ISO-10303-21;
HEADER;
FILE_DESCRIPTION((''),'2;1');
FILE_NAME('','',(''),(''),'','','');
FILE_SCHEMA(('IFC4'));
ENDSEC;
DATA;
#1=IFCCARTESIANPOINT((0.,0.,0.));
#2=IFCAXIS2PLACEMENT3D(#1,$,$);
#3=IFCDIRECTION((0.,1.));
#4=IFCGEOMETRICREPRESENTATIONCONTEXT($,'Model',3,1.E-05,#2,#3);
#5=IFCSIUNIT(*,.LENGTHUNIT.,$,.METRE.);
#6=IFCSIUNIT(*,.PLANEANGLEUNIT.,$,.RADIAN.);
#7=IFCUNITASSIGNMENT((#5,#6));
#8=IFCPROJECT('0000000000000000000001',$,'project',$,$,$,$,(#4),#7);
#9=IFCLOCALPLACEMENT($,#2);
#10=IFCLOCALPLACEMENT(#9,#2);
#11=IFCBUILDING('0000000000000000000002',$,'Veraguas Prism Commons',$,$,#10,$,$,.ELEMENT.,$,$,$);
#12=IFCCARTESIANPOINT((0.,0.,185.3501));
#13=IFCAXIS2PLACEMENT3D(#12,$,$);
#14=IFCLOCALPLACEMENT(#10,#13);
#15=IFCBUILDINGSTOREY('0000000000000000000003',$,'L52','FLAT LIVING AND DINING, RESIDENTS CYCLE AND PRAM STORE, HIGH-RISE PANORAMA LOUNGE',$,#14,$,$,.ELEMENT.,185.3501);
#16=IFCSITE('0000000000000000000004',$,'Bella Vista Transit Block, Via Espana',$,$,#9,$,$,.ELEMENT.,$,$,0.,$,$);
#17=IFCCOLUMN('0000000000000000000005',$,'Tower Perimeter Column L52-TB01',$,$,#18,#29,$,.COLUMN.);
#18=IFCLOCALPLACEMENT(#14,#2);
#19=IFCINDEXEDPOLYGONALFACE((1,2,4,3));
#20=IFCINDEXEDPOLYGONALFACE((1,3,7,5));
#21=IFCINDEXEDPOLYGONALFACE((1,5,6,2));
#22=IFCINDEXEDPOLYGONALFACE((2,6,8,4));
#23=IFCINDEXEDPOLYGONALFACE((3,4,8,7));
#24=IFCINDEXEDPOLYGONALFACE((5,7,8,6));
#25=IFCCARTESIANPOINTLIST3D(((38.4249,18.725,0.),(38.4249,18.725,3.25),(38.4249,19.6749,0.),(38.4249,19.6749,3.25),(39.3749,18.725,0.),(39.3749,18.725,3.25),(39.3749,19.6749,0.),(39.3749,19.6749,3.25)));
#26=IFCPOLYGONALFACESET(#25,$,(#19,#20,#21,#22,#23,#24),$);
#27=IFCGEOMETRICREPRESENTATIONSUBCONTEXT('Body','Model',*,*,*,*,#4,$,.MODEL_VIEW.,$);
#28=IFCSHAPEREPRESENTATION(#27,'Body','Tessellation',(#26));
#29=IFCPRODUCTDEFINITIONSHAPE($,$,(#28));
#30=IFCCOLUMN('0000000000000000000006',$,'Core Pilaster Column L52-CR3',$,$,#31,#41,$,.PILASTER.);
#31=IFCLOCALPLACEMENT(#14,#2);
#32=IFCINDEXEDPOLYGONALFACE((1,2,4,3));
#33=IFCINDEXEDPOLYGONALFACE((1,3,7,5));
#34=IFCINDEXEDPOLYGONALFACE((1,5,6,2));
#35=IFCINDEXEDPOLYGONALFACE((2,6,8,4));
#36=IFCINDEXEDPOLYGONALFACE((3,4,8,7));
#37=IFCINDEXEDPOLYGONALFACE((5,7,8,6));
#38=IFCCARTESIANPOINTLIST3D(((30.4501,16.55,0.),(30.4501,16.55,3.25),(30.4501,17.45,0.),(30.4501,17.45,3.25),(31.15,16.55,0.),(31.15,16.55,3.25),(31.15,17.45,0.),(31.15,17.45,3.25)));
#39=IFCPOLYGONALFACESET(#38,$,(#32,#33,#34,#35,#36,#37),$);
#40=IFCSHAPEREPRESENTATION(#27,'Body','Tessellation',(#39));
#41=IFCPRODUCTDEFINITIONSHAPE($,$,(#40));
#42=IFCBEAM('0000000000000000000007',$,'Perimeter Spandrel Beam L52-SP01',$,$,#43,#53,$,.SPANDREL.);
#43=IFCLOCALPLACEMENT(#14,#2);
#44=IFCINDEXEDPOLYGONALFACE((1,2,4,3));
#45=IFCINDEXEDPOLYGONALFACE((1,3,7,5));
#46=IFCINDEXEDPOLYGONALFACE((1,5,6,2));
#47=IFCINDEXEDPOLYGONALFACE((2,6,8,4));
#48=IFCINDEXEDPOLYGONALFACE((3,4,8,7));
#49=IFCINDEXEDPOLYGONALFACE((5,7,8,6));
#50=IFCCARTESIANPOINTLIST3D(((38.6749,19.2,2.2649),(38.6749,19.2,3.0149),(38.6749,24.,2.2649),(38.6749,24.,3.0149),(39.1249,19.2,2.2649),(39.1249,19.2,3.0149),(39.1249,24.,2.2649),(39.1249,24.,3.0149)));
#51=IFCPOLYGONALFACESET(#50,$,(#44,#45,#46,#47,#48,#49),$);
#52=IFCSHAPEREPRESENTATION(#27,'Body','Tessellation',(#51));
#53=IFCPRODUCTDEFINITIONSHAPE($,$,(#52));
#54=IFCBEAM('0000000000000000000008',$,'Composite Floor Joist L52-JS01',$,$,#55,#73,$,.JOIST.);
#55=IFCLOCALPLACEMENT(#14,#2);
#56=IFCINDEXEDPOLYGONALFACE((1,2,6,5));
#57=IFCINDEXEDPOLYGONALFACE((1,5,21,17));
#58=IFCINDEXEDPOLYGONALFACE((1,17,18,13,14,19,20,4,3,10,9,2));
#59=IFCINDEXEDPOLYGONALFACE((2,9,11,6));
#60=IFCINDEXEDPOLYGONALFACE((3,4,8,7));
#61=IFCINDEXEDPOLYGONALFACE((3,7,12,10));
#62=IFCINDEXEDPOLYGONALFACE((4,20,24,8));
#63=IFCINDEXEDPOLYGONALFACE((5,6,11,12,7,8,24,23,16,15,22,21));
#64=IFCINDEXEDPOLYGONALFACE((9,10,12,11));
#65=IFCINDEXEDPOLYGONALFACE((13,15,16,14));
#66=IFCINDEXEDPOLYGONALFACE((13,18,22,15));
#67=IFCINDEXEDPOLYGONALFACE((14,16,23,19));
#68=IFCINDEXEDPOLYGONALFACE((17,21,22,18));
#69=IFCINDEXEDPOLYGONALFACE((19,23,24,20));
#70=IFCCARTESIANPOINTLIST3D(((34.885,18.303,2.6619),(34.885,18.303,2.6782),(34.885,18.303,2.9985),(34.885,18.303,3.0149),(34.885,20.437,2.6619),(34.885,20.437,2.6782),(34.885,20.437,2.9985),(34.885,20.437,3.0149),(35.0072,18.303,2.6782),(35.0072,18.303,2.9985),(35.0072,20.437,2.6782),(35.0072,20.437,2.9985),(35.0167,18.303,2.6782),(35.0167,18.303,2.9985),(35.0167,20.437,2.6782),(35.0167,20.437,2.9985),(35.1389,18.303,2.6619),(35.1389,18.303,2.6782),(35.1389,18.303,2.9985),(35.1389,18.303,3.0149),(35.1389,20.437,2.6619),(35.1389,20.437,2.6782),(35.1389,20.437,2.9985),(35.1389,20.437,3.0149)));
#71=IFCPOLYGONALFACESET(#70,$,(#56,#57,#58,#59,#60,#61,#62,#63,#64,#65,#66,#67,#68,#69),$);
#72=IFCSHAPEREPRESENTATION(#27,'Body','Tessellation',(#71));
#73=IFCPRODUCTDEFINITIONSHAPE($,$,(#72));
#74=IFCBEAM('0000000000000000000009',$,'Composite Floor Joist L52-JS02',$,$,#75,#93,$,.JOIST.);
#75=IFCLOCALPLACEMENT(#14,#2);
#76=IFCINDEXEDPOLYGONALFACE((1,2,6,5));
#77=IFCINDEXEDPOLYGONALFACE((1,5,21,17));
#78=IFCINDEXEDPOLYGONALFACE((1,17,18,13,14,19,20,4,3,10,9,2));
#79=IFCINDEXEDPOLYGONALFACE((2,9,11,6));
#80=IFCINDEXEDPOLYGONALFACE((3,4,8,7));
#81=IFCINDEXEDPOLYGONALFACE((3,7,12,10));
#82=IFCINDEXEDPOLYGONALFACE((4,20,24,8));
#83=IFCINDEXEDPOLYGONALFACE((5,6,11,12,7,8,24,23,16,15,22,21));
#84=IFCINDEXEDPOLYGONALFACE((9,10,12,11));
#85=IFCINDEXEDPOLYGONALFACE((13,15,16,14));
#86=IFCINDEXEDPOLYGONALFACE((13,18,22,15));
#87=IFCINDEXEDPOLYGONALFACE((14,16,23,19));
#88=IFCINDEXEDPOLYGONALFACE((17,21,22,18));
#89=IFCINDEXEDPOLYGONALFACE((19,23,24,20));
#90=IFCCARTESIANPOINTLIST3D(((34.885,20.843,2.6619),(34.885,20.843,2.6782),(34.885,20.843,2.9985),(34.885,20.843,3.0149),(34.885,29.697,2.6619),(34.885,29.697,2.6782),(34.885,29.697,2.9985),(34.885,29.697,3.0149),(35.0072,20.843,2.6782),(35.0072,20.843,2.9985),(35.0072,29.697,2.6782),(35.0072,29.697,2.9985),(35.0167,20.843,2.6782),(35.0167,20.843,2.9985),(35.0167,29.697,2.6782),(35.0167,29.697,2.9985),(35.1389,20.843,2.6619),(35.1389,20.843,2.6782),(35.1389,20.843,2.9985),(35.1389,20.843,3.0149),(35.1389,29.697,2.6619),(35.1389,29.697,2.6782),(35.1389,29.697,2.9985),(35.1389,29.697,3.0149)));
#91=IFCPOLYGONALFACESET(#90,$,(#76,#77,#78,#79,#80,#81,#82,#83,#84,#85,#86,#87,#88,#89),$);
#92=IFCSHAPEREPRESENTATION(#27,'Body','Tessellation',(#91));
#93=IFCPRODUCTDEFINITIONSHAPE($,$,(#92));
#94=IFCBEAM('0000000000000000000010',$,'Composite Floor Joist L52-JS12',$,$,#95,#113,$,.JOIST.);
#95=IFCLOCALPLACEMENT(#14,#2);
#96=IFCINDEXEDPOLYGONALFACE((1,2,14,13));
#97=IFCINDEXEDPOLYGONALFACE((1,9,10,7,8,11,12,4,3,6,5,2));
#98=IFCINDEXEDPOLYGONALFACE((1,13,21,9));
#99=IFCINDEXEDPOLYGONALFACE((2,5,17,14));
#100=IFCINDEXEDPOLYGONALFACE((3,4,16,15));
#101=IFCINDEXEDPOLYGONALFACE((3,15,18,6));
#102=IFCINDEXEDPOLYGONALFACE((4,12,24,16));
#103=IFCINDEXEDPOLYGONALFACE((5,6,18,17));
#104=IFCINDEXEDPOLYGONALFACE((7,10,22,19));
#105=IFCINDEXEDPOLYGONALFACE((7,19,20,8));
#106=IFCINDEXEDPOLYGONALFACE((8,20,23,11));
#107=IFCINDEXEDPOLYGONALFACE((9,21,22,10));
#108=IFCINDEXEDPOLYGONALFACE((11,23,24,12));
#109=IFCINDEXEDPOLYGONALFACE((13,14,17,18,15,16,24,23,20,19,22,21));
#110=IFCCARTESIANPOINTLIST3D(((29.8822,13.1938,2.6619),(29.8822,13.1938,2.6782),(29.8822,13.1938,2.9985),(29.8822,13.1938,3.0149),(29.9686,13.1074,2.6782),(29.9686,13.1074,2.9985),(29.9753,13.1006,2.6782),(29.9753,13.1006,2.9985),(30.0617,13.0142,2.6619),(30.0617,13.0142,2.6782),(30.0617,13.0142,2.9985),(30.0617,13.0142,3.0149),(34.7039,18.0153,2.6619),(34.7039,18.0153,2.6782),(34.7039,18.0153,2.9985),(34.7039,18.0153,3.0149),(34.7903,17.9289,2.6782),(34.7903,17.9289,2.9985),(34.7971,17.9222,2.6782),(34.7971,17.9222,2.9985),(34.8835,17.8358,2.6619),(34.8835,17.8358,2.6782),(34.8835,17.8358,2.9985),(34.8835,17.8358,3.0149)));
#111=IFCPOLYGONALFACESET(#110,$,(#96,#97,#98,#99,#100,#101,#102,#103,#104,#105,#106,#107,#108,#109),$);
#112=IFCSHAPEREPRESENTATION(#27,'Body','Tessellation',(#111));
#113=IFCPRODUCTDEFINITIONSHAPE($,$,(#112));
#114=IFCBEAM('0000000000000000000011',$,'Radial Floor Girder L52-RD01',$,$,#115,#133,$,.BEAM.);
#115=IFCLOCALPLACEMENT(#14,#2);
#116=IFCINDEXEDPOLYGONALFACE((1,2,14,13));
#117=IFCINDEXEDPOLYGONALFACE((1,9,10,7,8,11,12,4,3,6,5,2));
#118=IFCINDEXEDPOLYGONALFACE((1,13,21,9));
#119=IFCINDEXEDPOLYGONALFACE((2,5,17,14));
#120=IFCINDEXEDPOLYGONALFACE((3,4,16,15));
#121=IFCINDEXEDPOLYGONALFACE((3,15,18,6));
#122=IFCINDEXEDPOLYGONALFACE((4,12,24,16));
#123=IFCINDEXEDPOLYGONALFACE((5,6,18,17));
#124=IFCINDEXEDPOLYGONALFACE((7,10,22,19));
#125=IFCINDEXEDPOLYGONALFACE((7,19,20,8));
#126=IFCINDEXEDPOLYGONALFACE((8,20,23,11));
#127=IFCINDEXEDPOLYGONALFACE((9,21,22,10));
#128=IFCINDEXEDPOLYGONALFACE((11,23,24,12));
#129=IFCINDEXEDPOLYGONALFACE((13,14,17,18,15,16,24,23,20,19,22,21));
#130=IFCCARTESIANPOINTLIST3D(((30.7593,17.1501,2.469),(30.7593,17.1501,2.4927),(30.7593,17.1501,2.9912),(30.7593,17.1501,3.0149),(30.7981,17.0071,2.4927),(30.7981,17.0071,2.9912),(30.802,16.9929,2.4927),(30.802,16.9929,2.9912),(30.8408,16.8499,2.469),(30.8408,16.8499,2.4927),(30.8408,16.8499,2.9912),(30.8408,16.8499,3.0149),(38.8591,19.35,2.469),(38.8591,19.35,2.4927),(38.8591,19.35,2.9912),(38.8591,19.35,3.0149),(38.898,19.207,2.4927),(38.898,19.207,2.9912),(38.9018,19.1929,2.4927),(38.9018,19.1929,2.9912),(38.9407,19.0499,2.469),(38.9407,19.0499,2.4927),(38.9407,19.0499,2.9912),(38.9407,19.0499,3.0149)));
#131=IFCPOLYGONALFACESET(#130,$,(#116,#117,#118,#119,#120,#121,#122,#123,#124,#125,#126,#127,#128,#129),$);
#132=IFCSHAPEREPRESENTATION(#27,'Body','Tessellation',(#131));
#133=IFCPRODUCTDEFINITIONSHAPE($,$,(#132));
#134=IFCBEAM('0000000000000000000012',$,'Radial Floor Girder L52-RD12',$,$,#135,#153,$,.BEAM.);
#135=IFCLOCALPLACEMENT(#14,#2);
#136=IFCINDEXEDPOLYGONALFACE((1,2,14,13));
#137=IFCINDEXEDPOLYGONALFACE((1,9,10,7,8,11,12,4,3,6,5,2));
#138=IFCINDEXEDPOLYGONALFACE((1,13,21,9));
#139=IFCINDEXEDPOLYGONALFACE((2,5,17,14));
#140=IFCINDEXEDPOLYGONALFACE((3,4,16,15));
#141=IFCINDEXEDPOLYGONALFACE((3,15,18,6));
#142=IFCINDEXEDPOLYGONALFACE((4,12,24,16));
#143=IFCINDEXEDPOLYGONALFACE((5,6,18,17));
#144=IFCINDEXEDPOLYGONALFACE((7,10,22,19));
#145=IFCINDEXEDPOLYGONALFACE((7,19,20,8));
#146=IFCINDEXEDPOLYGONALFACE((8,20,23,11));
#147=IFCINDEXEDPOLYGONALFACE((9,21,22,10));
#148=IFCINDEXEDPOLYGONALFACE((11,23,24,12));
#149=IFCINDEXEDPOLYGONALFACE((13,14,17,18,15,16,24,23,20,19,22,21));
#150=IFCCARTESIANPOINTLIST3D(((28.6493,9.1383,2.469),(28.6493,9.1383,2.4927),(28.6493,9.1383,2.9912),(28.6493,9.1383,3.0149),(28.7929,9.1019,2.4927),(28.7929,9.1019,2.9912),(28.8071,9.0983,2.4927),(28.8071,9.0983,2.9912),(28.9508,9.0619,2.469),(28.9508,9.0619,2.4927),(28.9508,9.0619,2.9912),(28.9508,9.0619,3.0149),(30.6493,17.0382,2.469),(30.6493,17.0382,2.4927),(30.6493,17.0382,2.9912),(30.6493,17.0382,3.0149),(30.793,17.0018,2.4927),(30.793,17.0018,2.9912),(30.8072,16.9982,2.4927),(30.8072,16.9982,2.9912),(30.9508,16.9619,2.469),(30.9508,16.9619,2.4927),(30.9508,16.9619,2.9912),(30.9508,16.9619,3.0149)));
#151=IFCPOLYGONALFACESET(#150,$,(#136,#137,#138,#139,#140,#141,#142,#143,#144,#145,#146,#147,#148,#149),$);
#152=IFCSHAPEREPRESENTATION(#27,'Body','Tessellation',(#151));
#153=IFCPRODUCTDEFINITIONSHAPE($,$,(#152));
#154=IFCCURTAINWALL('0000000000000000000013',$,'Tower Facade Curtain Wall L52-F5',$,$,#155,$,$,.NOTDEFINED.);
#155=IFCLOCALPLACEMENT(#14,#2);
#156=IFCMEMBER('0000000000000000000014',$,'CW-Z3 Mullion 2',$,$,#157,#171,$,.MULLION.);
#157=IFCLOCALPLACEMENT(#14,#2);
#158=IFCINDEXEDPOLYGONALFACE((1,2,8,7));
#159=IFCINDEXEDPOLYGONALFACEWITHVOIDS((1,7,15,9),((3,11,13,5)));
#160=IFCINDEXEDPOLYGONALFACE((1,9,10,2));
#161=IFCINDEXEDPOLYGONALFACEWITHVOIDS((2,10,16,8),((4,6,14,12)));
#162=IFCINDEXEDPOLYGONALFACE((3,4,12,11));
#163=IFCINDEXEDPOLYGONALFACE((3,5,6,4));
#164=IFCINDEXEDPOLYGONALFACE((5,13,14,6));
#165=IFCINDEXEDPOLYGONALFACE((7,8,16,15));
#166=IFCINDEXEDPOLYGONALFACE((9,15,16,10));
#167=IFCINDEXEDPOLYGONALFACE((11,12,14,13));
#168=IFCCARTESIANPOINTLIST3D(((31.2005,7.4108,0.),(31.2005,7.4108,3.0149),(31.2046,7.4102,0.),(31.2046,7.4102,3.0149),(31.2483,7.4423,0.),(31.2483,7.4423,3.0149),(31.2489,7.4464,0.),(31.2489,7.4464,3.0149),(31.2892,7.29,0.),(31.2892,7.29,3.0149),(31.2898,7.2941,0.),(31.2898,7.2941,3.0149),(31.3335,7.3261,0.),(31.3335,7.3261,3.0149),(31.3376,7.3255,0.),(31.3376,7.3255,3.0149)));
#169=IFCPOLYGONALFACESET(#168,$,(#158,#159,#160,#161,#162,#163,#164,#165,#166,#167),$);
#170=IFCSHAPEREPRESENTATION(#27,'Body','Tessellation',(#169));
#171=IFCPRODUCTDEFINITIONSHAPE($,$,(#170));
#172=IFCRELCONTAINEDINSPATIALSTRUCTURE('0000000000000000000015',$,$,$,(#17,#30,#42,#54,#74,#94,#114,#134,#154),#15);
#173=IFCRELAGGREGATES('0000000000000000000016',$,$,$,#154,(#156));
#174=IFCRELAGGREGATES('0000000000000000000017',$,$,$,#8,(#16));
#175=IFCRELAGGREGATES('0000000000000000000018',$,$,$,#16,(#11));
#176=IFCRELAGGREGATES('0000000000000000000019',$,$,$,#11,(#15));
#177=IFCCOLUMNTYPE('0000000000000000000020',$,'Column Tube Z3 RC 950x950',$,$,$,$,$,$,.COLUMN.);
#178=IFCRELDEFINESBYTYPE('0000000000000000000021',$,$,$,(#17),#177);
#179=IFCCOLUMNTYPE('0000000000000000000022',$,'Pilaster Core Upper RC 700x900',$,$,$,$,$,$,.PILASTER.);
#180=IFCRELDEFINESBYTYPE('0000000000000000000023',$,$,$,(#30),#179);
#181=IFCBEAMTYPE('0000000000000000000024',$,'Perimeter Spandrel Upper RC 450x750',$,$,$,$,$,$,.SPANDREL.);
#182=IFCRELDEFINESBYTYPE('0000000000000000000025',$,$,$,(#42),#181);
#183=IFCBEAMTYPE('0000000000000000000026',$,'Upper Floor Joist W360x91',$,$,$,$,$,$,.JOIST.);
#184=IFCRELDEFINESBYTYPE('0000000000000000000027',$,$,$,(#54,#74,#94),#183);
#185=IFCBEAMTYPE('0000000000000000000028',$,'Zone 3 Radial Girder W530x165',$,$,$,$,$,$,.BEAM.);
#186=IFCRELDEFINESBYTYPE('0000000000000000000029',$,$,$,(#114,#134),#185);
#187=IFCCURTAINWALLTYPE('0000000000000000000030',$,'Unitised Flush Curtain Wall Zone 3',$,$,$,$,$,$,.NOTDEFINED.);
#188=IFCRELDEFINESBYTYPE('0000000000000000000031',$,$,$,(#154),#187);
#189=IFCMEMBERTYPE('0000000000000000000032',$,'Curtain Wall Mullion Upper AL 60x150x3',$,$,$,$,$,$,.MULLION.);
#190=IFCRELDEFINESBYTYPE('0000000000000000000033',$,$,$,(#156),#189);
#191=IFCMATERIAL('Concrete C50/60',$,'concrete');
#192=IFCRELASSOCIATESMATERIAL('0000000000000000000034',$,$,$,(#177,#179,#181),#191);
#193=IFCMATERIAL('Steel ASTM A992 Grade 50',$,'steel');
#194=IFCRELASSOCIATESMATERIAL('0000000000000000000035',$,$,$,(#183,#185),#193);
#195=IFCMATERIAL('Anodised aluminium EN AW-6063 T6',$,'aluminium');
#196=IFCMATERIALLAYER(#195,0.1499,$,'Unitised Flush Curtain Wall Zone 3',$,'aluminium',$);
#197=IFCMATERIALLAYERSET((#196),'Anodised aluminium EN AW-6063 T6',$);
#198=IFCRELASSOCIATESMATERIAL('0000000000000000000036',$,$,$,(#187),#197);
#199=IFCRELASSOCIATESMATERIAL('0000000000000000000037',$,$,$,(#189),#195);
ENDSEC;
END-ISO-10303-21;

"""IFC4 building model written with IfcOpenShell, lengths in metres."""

from ifc_helpers import new_model, si_unit, direction, frame, origin, origin_2d, place, context, subcontext, project, spatial, rectangle, hollow_rectangle, i_section, extrude, source, transform, mapped, material, layer, layer_set, material_profile, profile_set, type_object, element, aggregate, save


model = new_model("IFC4")

# Units and contexts
model_context = context("Model", 3, precision=1e-05, world=origin(), true_north=direction((0.0, 1.0)))
body_context = subcontext(model_context, "Body", "Model", "MODEL_VIEW")
ifc_project = project(units=[si_unit("LENGTHUNIT", "METRE"), si_unit("PLANEANGLEUNIT", "RADIAN")], contexts=[model_context])

# Site, building, storey
site_placement = place(None, origin())
site = spatial("IfcSite", under=ifc_project, at=site_placement, Name="Bella Vista Transit Block, Via Espana", CompositionType="ELEMENT", RefElevation=0.0)
building_placement = place(site_placement, origin())
building = spatial("IfcBuilding", under=site, at=building_placement, Name="Veraguas Prism Commons", CompositionType="ELEMENT")
storey_placement = place(building_placement, frame((0.0, 0.0, 185.3501)))
storey = spatial("IfcBuildingStorey", under=building, at=storey_placement, Name="L52", Description="FLAT LIVING AND DINING, RESIDENTS CYCLE AND PRAM STORE, HIGH-RISE PANORAMA LOUNGE", CompositionType="ELEMENT", Elevation=185.3501)

# Columns
ifc_material_1 = material(Name="Concrete C50/60", Category="concrete")
ifc_material_profile_1 = material_profile(ifc_material_1, rectangle(XDim=0.95, YDim=0.95, at=origin_2d()), Name="RC950X950")
ifc_profile_set_1 = profile_set([ifc_material_profile_1], Name="Concrete C50/60")
column_type_1 = type_object("IfcColumnType", Name="Column Tube Z3 RC 950x950", PredefinedType="COLUMN", material=ifc_profile_set_1)
column_1_placement = place(storey_placement, frame((38.8999, 19.2, 0.0), z_axis=(0.0, 0.0, 1.0), x_axis=(1.0, 0.0, 0.0)))
element("IfcColumn", 1, at=column_1_placement, inside=storey, type_object=column_type_1, Name="Tower Perimeter Column L52-TB01", PredefinedType="COLUMN", context=body_context, shape_type="SweptSolid", body=[
    extrude(rectangle(XDim=0.95, YDim=0.95, at=origin_2d()), origin(), (0.0, 0.0, 1.0), 3.25),
])
ifc_material_profile_2 = material_profile(ifc_material_1, rectangle(XDim=0.7, YDim=0.8999, at=origin_2d()), Name="RC700X900")
ifc_profile_set_2 = profile_set([ifc_material_profile_2], Name="Concrete C50/60")
column_type_2 = type_object("IfcColumnType", Name="Pilaster Core Upper RC 700x900", PredefinedType="PILASTER", material=ifc_profile_set_2)
column_2_placement = place(storey_placement, frame((30.8, 17.0, 0.0), z_axis=(0.0, 0.0, 1.0), x_axis=(1.0, 0.0, 0.0)))
element("IfcColumn", 2, at=column_2_placement, inside=storey, type_object=column_type_2, Name="Core Pilaster Column L52-CR3", PredefinedType="PILASTER", context=body_context, shape_type="SweptSolid", body=[
    extrude(rectangle(XDim=0.7, YDim=0.8999, at=origin_2d()), origin(), (0.0, 0.0, 1.0), 3.25),
])

# Beams
ifc_material_profile_3 = material_profile(ifc_material_1, rectangle(XDim=0.45, YDim=0.75, at=origin_2d()), Name="RC450X750")
ifc_profile_set_3 = profile_set([ifc_material_profile_3], Name="Concrete C50/60")
beam_type_1 = type_object("IfcBeamType", Name="Perimeter Spandrel Upper RC 450x750", PredefinedType="SPANDREL", material=ifc_profile_set_3)
beam_1_placement = place(storey_placement, frame((38.8999, 19.2, 2.6399), z_axis=(0.0, 1.0, 0.0), x_axis=(-1.0, 0.0, 0.0)))
element("IfcBeam", 3, at=beam_1_placement, inside=storey, type_object=beam_type_1, Name="Perimeter Spandrel Beam L52-SP01", PredefinedType="SPANDREL", context=body_context, shape_type="SweptSolid", body=[
    extrude(rectangle(XDim=0.45, YDim=0.75, at=origin_2d()), origin(), (0.0, 0.0, 1.0), 4.8),
])
ifc_material_2 = material(Name="Steel ASTM A992 Grade 50", Category="steel")
ifc_material_profile_4 = material_profile(ifc_material_2, i_section(OverallWidth=0.2539, OverallDepth=0.353, WebThickness=0.0095, FlangeThickness=0.0164, at=origin_2d()), Name="W360X91")
ifc_profile_set_4 = profile_set([ifc_material_profile_4], Name="Steel ASTM A992 Grade 50")
beam_type_2 = type_object("IfcBeamType", Name="Upper Floor Joist W360x91", PredefinedType="JOIST", material=ifc_profile_set_4)
beam_2_placement = place(storey_placement, frame((35.012, 18.303, 2.8384), z_axis=(0.0, 1.0, 0.0), x_axis=(-1.0, 0.0, 0.0)))
element("IfcBeam", 4, at=beam_2_placement, inside=storey, type_object=beam_type_2, Name="Composite Floor Joist L52-JS01", PredefinedType="JOIST", context=body_context, shape_type="SweptSolid", body=[
    extrude(i_section(OverallWidth=0.2539, OverallDepth=0.353, WebThickness=0.0095, FlangeThickness=0.0164, at=origin_2d()), origin(), (0.0, 0.0, 1.0), 2.134),
])
beam_3_placement = place(storey_placement, frame((35.012, 20.843, 2.8384), z_axis=(0.0, 1.0, 0.0), x_axis=(-1.0, 0.0, 0.0)))
element("IfcBeam", 5, at=beam_3_placement, inside=storey, type_object=beam_type_2, Name="Composite Floor Joist L52-JS02", PredefinedType="JOIST", context=body_context, shape_type="SweptSolid", body=[
    extrude(i_section(OverallWidth=0.2539, OverallDepth=0.353, WebThickness=0.0095, FlangeThickness=0.0164, at=origin_2d()), origin(), (0.0, 0.0, 1.0), 8.854),
])
beam_4_placement = place(storey_placement, frame((29.9719, 13.104, 2.8384), z_axis=(0.707125, 0.707089, 0.0), x_axis=(-0.707089, 0.707125, 0.0)))
element("IfcBeam", 6, at=beam_4_placement, inside=storey, type_object=beam_type_2, Name="Composite Floor Joist L52-JS12", PredefinedType="JOIST", context=body_context, shape_type="SweptSolid", body=[
    extrude(i_section(OverallWidth=0.2539, OverallDepth=0.353, WebThickness=0.0095, FlangeThickness=0.0164, at=origin_2d()), origin(), (0.0, 0.0, 1.0), 6.8188),
])
ifc_material_profile_5 = material_profile(ifc_material_2, i_section(OverallWidth=0.311, OverallDepth=0.5459, WebThickness=0.0146, FlangeThickness=0.0237, at=origin_2d()), Name="W530X165")
ifc_profile_set_5 = profile_set([ifc_material_profile_5], Name="Steel ASTM A992 Grade 50")
beam_type_3 = type_object("IfcBeamType", Name="Zone 3 Radial Girder W530x165", PredefinedType="BEAM", material=ifc_profile_set_5)
beam_5_placement = place(storey_placement, frame((38.8999, 19.2, 2.7419), z_axis=(-0.965039, -0.262108, 0.0), x_axis=(0.262108, -0.965039, 0.0)))
element("IfcBeam", 7, at=beam_5_placement, inside=storey, type_object=beam_type_3, Name="Radial Floor Girder L52-RD01", PredefinedType="BEAM", context=body_context, shape_type="SweptSolid", body=[
    extrude(i_section(OverallWidth=0.311, OverallDepth=0.5459, WebThickness=0.0146, FlangeThickness=0.0237, at=origin_2d()), origin(), (0.0, 0.0, 1.0), 8.3933),
])
beam_6_placement = place(storey_placement, frame((28.8, 9.1001, 2.7419), z_axis=(0.245425, 0.969416, 0.0), x_axis=(-0.969416, 0.245425, 0.0)))
element("IfcBeam", 8, at=beam_6_placement, inside=storey, type_object=beam_type_3, Name="Radial Floor Girder L52-RD12", PredefinedType="BEAM", context=body_context, shape_type="SweptSolid", body=[
    extrude(i_section(OverallWidth=0.311, OverallDepth=0.5459, WebThickness=0.0146, FlangeThickness=0.0237, at=origin_2d()), origin(), (0.0, 0.0, 1.0), 8.1492),
])

# Curtain wall, member
ifc_material_3 = material(Name="Anodised aluminium EN AW-6063 T6", Category="aluminium")
ifc_layer_1 = layer(ifc_material_3, 0.1499, Name="Unitised Flush Curtain Wall Zone 3", Category="aluminium")
ifc_layer_set_1 = layer_set([ifc_layer_1], Name="Anodised aluminium EN AW-6063 T6")
curtain_wall_type = type_object("IfcCurtainWallType", Name="Unitised Flush Curtain Wall Zone 3", PredefinedType="NOTDEFINED", material=ifc_layer_set_1)
curtain_wall_1_placement = place(storey_placement, origin())
curtain_wall_1 = element("IfcCurtainWall", 9, at=curtain_wall_1_placement, inside=storey, type_object=curtain_wall_type, Name="Tower Facade Curtain Wall L52-F5", PredefinedType="NOTDEFINED")
ifc_material_profile_6 = material_profile(ifc_material_3, hollow_rectangle(XDim=0.0601, YDim=0.1499, WallThickness=0.0029, at=origin_2d()), Name="AL60X150X3")
ifc_profile_set_6 = profile_set([ifc_material_profile_6], Name="Anodised aluminium EN AW-6063 T6")
member_type_1 = type_object("IfcMemberType", Name="Curtain Wall Mullion Upper AL 60x150x3", PredefinedType="MULLION", material=ifc_profile_set_6)
shared_shape_1 = source(origin(), body_context, "Body", "SweptSolid", [
    extrude(hollow_rectangle(XDim=0.0601, YDim=0.1499, WallThickness=0.0029, at=origin_2d()), origin(), (0.0, 0.0, 1.0), 3.0149),
])
member_1_placement = place(storey_placement, frame((31.269, 7.3682, 0.0), z_axis=(0.0, 0.0, 1.0), x_axis=(0.806341, 0.59145, 0.0)))
member_1 = element("IfcMember", 10, at=member_1_placement, type_object=member_type_1, Name="CW-Z3 Mullion 2", PredefinedType="MULLION", context=body_context, shape_type="MappedRepresentation", body=[
    mapped(shared_shape_1, transform((0.0, 0.0, 0.0), scale=1.0)),
])

aggregate(curtain_wall_1, [member_1])

save(model, "model.ifc")
